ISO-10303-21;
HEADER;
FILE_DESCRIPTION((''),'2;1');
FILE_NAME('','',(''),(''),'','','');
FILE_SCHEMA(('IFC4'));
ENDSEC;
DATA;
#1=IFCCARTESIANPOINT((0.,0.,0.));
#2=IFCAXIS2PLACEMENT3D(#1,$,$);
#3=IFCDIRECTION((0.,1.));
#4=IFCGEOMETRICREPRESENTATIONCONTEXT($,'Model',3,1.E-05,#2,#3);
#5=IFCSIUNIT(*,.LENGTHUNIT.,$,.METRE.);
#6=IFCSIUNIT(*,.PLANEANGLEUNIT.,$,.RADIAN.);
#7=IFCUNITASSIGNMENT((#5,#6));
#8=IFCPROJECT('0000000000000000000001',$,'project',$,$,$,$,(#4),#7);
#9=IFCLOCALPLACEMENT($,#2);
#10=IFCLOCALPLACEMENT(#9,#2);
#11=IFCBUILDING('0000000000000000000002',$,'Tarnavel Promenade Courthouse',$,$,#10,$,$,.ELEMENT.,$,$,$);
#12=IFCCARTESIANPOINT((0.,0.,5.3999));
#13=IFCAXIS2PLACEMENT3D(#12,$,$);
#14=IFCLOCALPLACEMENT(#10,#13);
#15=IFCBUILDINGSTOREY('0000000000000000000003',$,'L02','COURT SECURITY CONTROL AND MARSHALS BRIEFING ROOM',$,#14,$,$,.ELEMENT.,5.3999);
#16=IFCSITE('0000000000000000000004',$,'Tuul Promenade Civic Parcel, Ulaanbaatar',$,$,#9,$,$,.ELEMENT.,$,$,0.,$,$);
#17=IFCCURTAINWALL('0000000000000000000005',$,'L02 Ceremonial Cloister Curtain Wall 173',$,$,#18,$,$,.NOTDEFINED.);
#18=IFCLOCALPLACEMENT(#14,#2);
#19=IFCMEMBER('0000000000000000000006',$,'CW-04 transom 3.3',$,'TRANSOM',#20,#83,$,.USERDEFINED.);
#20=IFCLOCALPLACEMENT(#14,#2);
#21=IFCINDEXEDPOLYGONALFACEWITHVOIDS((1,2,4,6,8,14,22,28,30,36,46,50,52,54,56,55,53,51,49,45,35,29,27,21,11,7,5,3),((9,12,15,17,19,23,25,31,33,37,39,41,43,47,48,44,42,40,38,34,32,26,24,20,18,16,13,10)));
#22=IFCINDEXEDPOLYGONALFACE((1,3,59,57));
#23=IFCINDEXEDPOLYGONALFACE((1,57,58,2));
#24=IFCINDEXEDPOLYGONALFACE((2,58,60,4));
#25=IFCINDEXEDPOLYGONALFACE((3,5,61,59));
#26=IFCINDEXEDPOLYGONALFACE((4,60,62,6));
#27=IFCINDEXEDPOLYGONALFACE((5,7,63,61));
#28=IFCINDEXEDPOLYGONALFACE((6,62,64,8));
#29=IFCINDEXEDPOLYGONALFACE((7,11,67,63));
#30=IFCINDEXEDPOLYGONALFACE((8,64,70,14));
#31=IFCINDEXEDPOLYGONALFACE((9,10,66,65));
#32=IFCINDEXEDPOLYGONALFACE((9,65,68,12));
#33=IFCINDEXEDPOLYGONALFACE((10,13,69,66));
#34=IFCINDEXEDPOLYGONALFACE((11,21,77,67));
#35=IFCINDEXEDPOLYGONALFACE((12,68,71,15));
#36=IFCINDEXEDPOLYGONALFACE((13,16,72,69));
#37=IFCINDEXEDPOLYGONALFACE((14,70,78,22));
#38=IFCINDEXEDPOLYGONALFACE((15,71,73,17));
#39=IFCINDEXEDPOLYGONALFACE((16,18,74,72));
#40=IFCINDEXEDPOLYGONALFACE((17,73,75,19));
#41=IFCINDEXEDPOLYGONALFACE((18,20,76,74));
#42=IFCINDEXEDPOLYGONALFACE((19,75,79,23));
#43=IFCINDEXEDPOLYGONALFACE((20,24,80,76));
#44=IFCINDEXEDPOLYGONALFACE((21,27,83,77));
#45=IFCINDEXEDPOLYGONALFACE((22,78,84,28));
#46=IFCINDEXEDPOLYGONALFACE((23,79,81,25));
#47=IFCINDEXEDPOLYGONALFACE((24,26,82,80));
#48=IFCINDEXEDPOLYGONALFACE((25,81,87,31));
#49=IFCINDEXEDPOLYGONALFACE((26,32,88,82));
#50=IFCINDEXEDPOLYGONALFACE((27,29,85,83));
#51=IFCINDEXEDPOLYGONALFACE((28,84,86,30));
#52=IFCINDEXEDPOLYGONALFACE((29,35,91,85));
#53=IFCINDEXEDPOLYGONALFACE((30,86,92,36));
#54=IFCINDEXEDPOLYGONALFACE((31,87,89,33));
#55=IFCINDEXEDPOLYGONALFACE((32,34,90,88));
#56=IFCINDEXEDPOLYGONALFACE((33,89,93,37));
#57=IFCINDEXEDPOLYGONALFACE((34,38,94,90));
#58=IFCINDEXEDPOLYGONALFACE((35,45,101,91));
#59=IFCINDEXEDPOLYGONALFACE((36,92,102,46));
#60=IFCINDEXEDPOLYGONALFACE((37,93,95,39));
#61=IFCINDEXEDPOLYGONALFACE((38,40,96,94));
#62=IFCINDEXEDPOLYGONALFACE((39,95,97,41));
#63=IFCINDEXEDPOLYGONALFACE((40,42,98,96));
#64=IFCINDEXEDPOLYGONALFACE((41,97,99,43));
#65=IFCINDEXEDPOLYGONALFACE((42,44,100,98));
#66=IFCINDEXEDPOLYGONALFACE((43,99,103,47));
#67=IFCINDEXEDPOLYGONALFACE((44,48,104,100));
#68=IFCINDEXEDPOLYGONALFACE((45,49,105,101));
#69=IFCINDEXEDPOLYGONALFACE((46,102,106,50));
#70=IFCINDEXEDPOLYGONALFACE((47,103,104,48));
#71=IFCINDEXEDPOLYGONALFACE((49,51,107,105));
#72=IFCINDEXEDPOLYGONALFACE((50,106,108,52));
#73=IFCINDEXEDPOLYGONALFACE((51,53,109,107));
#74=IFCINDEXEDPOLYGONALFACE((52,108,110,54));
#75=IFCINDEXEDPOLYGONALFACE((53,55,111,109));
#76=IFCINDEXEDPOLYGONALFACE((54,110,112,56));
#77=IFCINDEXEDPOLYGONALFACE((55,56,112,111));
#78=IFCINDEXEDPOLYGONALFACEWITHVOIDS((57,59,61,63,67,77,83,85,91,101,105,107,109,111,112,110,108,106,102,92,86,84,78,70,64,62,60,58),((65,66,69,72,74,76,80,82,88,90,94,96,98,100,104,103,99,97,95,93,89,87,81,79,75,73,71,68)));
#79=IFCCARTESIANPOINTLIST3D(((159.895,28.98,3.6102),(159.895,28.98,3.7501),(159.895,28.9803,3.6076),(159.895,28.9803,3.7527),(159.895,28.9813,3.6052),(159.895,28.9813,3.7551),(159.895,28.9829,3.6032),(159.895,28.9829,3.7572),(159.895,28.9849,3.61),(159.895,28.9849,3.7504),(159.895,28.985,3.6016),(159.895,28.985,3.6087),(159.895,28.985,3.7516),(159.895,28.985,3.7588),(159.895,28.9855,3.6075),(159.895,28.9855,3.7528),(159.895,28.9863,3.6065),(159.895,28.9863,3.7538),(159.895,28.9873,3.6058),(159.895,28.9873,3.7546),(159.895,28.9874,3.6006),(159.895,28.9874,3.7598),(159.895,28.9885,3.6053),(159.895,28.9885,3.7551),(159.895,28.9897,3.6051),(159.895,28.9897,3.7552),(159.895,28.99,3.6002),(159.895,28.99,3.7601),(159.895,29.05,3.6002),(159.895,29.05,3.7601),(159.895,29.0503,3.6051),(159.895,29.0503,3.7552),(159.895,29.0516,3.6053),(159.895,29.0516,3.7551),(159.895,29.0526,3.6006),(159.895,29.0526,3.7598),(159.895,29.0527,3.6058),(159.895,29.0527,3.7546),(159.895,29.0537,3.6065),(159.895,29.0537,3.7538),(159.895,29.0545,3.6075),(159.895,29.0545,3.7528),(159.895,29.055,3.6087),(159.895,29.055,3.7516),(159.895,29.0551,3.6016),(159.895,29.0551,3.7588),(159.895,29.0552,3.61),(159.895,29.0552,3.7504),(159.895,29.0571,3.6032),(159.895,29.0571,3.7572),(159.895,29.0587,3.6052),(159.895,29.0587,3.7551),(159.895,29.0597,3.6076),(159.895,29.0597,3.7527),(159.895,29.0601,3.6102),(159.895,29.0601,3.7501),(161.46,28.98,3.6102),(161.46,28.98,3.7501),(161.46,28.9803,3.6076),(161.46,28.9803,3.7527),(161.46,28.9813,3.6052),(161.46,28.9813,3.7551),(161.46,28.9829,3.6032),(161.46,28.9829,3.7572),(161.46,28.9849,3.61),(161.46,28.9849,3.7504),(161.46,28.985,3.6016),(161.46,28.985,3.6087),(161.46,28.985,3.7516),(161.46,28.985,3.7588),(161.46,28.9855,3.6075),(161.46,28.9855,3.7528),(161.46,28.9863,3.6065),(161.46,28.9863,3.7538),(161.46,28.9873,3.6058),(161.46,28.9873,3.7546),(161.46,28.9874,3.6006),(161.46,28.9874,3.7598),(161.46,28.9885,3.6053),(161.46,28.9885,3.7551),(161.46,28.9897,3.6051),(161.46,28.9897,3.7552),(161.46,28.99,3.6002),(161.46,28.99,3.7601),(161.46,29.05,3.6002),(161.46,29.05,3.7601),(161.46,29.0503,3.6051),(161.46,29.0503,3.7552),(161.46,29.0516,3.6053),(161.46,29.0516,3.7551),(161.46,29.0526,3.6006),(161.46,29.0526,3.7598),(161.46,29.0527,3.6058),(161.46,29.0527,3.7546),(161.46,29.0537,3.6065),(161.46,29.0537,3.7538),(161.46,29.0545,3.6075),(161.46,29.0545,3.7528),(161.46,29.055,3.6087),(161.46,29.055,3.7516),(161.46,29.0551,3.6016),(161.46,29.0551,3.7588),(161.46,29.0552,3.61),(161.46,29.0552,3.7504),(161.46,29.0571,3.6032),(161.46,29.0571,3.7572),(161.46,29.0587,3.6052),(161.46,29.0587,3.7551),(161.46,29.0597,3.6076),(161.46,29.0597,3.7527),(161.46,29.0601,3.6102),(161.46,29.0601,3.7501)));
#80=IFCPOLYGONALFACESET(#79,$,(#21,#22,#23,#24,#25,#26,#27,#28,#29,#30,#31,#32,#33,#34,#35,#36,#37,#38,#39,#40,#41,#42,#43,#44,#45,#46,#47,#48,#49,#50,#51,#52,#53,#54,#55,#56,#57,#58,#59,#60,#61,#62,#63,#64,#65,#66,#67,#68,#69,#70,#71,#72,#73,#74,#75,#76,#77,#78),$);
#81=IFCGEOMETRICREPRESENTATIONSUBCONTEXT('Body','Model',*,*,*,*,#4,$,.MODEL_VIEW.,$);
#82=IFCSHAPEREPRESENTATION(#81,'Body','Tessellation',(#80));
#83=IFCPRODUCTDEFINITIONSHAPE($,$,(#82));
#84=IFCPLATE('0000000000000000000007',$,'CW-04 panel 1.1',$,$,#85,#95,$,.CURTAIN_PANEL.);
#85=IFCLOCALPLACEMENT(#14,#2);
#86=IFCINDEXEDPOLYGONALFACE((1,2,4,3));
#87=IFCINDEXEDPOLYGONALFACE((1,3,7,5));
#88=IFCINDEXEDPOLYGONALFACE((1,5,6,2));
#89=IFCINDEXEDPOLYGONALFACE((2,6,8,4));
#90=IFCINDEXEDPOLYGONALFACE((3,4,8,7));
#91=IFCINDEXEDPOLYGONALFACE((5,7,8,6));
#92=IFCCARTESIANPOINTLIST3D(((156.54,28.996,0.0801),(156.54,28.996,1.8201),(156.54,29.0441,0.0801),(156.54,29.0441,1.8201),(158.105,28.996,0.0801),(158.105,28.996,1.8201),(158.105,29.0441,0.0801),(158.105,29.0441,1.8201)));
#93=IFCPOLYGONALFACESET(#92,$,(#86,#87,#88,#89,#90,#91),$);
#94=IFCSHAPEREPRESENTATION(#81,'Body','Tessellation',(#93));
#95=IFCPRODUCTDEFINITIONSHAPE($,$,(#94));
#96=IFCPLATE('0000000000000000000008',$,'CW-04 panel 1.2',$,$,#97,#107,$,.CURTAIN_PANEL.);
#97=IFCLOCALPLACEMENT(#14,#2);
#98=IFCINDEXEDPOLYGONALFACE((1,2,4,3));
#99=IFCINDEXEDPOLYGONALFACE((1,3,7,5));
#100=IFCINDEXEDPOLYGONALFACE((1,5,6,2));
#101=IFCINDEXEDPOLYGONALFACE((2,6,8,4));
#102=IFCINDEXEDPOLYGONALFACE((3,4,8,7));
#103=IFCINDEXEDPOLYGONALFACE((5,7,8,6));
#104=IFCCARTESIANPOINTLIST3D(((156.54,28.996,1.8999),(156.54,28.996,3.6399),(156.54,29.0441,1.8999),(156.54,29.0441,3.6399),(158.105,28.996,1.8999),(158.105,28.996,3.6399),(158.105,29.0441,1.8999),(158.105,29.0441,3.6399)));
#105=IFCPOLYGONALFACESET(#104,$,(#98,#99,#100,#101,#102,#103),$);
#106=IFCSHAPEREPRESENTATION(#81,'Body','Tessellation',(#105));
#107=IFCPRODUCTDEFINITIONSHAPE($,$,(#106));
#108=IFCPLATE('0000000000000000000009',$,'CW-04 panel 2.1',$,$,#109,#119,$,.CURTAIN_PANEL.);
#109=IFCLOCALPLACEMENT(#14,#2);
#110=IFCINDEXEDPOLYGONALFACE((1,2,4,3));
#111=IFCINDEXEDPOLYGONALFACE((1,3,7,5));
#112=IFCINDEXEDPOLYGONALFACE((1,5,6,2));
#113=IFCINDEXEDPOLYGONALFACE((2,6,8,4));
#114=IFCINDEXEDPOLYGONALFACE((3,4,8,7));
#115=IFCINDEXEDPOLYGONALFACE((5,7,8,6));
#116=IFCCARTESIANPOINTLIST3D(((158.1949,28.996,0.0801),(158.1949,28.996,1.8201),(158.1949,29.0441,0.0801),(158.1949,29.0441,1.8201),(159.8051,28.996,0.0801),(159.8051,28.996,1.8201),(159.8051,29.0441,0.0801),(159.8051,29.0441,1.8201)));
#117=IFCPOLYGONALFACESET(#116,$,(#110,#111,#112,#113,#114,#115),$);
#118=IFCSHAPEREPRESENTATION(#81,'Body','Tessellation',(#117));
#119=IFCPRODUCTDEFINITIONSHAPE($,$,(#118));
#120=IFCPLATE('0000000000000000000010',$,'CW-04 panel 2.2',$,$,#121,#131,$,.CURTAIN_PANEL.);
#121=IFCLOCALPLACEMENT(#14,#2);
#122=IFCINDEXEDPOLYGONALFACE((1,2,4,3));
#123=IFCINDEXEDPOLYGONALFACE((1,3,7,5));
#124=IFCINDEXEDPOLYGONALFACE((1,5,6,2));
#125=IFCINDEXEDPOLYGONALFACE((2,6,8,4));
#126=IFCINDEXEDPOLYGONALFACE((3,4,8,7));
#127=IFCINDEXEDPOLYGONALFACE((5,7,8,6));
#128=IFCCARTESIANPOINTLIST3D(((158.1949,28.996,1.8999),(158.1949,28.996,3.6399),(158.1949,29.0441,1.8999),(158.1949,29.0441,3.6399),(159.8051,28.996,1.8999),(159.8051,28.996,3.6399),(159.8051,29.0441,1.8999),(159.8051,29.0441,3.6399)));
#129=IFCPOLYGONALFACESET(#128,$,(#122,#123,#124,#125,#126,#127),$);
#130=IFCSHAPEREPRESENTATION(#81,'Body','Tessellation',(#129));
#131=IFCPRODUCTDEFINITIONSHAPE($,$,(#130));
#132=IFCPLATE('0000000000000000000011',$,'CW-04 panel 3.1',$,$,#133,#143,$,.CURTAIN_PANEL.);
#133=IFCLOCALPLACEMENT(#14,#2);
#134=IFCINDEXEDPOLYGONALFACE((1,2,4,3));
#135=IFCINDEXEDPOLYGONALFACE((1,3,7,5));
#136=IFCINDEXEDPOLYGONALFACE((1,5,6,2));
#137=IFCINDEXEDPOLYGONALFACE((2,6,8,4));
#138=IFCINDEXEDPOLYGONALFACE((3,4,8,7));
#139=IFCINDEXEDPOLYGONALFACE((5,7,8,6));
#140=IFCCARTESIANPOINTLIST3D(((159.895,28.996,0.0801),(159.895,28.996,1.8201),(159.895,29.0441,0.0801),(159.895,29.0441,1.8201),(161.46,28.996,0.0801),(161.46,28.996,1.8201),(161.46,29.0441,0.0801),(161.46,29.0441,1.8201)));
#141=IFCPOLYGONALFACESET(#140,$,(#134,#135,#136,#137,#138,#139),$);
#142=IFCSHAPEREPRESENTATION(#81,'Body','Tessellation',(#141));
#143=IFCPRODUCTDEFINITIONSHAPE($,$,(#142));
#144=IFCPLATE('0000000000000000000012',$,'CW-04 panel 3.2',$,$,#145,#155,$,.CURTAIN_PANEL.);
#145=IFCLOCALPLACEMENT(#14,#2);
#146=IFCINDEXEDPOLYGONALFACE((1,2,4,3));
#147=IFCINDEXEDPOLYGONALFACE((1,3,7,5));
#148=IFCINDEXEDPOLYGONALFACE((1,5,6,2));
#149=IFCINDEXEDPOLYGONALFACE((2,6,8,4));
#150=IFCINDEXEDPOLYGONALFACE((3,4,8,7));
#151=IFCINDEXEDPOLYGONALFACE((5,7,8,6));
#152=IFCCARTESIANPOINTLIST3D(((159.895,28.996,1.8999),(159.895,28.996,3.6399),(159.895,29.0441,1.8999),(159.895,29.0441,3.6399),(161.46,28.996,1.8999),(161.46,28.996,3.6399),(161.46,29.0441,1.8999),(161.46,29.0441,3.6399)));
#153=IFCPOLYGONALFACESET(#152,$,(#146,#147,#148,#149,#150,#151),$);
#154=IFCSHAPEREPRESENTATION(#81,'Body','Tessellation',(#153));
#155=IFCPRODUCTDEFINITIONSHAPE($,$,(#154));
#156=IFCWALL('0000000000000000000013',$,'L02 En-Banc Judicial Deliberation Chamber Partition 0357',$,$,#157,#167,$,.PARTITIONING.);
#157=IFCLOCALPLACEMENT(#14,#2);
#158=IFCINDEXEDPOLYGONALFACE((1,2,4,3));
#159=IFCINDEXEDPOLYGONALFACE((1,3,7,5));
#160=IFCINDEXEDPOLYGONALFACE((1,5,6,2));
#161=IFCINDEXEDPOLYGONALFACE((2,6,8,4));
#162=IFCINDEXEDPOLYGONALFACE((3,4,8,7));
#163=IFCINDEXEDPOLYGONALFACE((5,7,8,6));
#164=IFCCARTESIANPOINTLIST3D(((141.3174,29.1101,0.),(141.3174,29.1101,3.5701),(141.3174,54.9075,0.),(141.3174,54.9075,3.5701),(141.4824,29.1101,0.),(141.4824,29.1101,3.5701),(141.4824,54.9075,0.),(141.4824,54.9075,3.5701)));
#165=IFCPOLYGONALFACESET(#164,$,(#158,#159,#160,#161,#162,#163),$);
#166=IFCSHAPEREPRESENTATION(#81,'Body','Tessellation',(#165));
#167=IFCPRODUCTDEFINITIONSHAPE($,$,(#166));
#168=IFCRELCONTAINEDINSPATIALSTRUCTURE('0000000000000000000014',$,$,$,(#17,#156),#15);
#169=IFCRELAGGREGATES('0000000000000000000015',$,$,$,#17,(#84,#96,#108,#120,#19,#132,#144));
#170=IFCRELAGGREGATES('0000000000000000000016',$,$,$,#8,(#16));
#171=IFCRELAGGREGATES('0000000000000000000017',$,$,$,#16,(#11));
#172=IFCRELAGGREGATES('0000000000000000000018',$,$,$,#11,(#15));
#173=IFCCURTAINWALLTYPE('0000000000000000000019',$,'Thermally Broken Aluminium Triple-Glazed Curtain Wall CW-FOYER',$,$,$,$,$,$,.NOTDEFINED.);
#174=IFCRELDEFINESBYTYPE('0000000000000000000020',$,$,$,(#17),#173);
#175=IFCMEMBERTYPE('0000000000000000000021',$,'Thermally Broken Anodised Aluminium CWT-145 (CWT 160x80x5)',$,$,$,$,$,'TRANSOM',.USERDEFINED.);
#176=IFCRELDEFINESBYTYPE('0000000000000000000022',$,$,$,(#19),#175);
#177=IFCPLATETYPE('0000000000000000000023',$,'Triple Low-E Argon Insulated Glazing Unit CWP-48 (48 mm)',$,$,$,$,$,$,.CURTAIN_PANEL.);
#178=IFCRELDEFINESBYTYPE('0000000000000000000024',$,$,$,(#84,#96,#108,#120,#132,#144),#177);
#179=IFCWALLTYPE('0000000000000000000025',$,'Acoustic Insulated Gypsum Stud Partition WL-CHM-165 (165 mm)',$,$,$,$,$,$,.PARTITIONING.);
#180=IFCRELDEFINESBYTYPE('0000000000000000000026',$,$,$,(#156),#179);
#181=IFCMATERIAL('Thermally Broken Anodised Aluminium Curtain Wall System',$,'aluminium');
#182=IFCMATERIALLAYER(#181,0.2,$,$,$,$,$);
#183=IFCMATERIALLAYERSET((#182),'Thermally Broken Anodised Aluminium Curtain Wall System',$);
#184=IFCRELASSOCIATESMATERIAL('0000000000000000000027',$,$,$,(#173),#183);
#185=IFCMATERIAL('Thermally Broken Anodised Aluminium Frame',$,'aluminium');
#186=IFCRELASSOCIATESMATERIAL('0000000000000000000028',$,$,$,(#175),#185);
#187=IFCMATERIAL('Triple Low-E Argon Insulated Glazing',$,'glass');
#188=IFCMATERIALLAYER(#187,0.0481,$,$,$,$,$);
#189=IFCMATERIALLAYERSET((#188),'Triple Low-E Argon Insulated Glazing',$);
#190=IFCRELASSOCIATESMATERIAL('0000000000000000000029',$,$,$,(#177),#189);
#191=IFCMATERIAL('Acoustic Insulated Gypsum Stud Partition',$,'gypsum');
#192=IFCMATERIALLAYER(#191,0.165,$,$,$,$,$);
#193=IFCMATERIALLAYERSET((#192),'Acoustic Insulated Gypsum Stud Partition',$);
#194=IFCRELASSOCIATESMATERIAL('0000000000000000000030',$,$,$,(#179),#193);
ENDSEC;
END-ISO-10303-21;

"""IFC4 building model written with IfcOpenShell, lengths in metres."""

from ifc_helpers import new_model, si_unit, direction, frame, frame_2d, origin, origin_2d, place, context, subcontext, project, spatial, rectangle, hollow_rectangle, extrude, material, layer, layer_set, material_profile, profile_set, type_object, element, aggregate, save


model = new_model("IFC4")

# Units and contexts
model_context = context("Model", 3, precision=1e-05, world=origin(), true_north=direction((0.0, 1.0)))
body_context = subcontext(model_context, "Body", "Model", "MODEL_VIEW")
ifc_project = project(units=[si_unit("LENGTHUNIT", "METRE"), si_unit("PLANEANGLEUNIT", "RADIAN")], contexts=[model_context])

# Site, building, storey
site_placement = place(None, origin())
site = spatial("IfcSite", under=ifc_project, at=site_placement, Name="Tuul Promenade Civic Parcel, Ulaanbaatar", CompositionType="ELEMENT", RefElevation=0.0)
building_placement = place(site_placement, origin())
building = spatial("IfcBuilding", under=site, at=building_placement, Name="Tarnavel Promenade Courthouse", CompositionType="ELEMENT")
storey_placement = place(building_placement, frame((0.0, 0.0, 5.3999)))
storey = spatial("IfcBuildingStorey", under=building, at=storey_placement, Name="L02", Description="COURT SECURITY CONTROL AND MARSHALS BRIEFING ROOM", CompositionType="ELEMENT", Elevation=5.3999)

# Curtain wall, member, plates
ifc_material_1 = material(Name="Thermally Broken Anodised Aluminium Curtain Wall System", Category="aluminium")
ifc_layer_1 = layer(ifc_material_1, 0.2)
ifc_layer_set_1 = layer_set([ifc_layer_1], Name="Thermally Broken Anodised Aluminium Curtain Wall System")
curtain_wall_type = type_object("IfcCurtainWallType", Name="Thermally Broken Aluminium Triple-Glazed Curtain Wall CW-FOYER", PredefinedType="NOTDEFINED", material=ifc_layer_set_1)
curtain_wall_placement = place(storey_placement, origin())
curtain_wall = element("IfcCurtainWall", 1, at=curtain_wall_placement, inside=storey, type_object=curtain_wall_type, Name="L02 Ceremonial Cloister Curtain Wall 173", PredefinedType="NOTDEFINED")
ifc_material_2 = material(Name="Thermally Broken Anodised Aluminium Frame", Category="aluminium")
ifc_material_profile_1 = material_profile(ifc_material_2, hollow_rectangle(XDim=0.0801, YDim=0.1599, WallThickness=0.0049, InnerFilletRadius=0.0049, OuterFilletRadius=0.01, at=origin_2d()), Name="CWT 160x80x5")
ifc_profile_set_1 = profile_set([ifc_material_profile_1], Name="Thermally Broken Anodised Aluminium Frame")
member_type_1 = type_object("IfcMemberType", Name="Thermally Broken Anodised Aluminium CWT-145 (CWT 160x80x5)", ElementType="TRANSOM", PredefinedType="USERDEFINED", material=ifc_profile_set_1)
member_1_placement = place(storey_placement, frame((159.895, 29.02, 3.6802), z_axis=(1.0, 0.0, 0.0), x_axis=(0.0, 1.0, 0.0)))
member_1 = element("IfcMember", 2, at=member_1_placement, type_object=member_type_1, Name="CW-04 transom 3.3", ObjectType="TRANSOM", PredefinedType="USERDEFINED", context=body_context, shape_type="SweptSolid", body=[
    extrude(hollow_rectangle(XDim=0.0801, YDim=0.1599, WallThickness=0.0049, InnerFilletRadius=0.0049, OuterFilletRadius=0.01, at=origin_2d()), origin(), (0.0, 0.0, 1.0), 1.5649),
])
ifc_material_3 = material(Name="Triple Low-E Argon Insulated Glazing", Category="glass")
ifc_layer_2 = layer(ifc_material_3, 0.0481)
ifc_layer_set_2 = layer_set([ifc_layer_2], Name="Triple Low-E Argon Insulated Glazing")
plate_type = type_object("IfcPlateType", Name="Triple Low-E Argon Insulated Glazing Unit CWP-48 (48 mm)", PredefinedType="CURTAIN_PANEL", material=ifc_layer_set_2)
plate_1_placement = place(storey_placement, frame((157.3225, 29.02, 0.0801), z_axis=(0.0, 0.0, 1.0), x_axis=(1.0, 0.0, 0.0)))
plate_1 = element("IfcPlate", 3, at=plate_1_placement, type_object=plate_type, Name="CW-04 panel 1.1", PredefinedType="CURTAIN_PANEL", context=body_context, shape_type="SweptSolid", body=[
    extrude(rectangle(XDim=1.5649, YDim=0.0481, at=origin_2d()), origin(), (0.0, 0.0, 1.0), 1.74),
])
plate_2_placement = place(storey_placement, frame((157.3225, 29.02, 1.8999), z_axis=(0.0, 0.0, 1.0), x_axis=(1.0, 0.0, 0.0)))
plate_2 = element("IfcPlate", 4, at=plate_2_placement, type_object=plate_type, Name="CW-04 panel 1.2", PredefinedType="CURTAIN_PANEL", context=body_context, shape_type="SweptSolid", body=[
    extrude(rectangle(XDim=1.5649, YDim=0.0481, at=origin_2d()), origin(), (0.0, 0.0, 1.0), 1.74),
])
plate_3_placement = place(storey_placement, frame((159.0, 29.02, 0.0801), z_axis=(0.0, 0.0, 1.0), x_axis=(1.0, 0.0, 0.0)))
plate_3 = element("IfcPlate", 5, at=plate_3_placement, type_object=plate_type, Name="CW-04 panel 2.1", PredefinedType="CURTAIN_PANEL", context=body_context, shape_type="SweptSolid", body=[
    extrude(rectangle(XDim=1.6101, YDim=0.0481, at=origin_2d()), origin(), (0.0, 0.0, 1.0), 1.74),
])
plate_4_placement = place(storey_placement, frame((159.0, 29.02, 1.8999), z_axis=(0.0, 0.0, 1.0), x_axis=(1.0, 0.0, 0.0)))
plate_4 = element("IfcPlate", 6, at=plate_4_placement, type_object=plate_type, Name="CW-04 panel 2.2", PredefinedType="CURTAIN_PANEL", context=body_context, shape_type="SweptSolid", body=[
    extrude(rectangle(XDim=1.6101, YDim=0.0481, at=origin_2d()), origin(), (0.0, 0.0, 1.0), 1.74),
])
plate_5_placement = place(storey_placement, frame((160.6775, 29.02, 0.0801), z_axis=(0.0, 0.0, 1.0), x_axis=(1.0, 0.0, 0.0)))
plate_5 = element("IfcPlate", 7, at=plate_5_placement, type_object=plate_type, Name="CW-04 panel 3.1", PredefinedType="CURTAIN_PANEL", context=body_context, shape_type="SweptSolid", body=[
    extrude(rectangle(XDim=1.5649, YDim=0.0481, at=origin_2d()), origin(), (0.0, 0.0, 1.0), 1.74),
])
plate_6_placement = place(storey_placement, frame((160.6775, 29.02, 1.8999), z_axis=(0.0, 0.0, 1.0), x_axis=(1.0, 0.0, 0.0)))
plate_6 = element("IfcPlate", 8, at=plate_6_placement, type_object=plate_type, Name="CW-04 panel 3.2", PredefinedType="CURTAIN_PANEL", context=body_context, shape_type="SweptSolid", body=[
    extrude(rectangle(XDim=1.5649, YDim=0.0481, at=origin_2d()), origin(), (0.0, 0.0, 1.0), 1.74),
])
aggregate(curtain_wall, [plate_1, plate_2, plate_3, plate_4, member_1, plate_5, plate_6])

# Wall
ifc_material_4 = material(Name="Acoustic Insulated Gypsum Stud Partition", Category="gypsum")
ifc_layer_3 = layer(ifc_material_4, 0.165)
ifc_layer_set_3 = layer_set([ifc_layer_3], Name="Acoustic Insulated Gypsum Stud Partition")
wall_type_1 = type_object("IfcWallType", Name="Acoustic Insulated Gypsum Stud Partition WL-CHM-165 (165 mm)", PredefinedType="PARTITIONING", material=ifc_layer_set_3)
wall_1_placement = place(storey_placement, frame((141.3999, 29.1101, 0.0), z_axis=(0.0, 0.0, 1.0), x_axis=(0.0, 1.0, 0.0)))
element("IfcWall", 9, at=wall_1_placement, inside=storey, type_object=wall_type_1, Name="L02 En-Banc Judicial Deliberation Chamber Partition 0357", PredefinedType="PARTITIONING", context=body_context, shape_type="SweptSolid", body=[
    extrude(rectangle(XDim=25.7974, YDim=0.165, at=frame_2d((12.8987, 0.0))), origin(), (0.0, 0.0, 1.0), 3.5701),
])

save(model, "model.ifc")
